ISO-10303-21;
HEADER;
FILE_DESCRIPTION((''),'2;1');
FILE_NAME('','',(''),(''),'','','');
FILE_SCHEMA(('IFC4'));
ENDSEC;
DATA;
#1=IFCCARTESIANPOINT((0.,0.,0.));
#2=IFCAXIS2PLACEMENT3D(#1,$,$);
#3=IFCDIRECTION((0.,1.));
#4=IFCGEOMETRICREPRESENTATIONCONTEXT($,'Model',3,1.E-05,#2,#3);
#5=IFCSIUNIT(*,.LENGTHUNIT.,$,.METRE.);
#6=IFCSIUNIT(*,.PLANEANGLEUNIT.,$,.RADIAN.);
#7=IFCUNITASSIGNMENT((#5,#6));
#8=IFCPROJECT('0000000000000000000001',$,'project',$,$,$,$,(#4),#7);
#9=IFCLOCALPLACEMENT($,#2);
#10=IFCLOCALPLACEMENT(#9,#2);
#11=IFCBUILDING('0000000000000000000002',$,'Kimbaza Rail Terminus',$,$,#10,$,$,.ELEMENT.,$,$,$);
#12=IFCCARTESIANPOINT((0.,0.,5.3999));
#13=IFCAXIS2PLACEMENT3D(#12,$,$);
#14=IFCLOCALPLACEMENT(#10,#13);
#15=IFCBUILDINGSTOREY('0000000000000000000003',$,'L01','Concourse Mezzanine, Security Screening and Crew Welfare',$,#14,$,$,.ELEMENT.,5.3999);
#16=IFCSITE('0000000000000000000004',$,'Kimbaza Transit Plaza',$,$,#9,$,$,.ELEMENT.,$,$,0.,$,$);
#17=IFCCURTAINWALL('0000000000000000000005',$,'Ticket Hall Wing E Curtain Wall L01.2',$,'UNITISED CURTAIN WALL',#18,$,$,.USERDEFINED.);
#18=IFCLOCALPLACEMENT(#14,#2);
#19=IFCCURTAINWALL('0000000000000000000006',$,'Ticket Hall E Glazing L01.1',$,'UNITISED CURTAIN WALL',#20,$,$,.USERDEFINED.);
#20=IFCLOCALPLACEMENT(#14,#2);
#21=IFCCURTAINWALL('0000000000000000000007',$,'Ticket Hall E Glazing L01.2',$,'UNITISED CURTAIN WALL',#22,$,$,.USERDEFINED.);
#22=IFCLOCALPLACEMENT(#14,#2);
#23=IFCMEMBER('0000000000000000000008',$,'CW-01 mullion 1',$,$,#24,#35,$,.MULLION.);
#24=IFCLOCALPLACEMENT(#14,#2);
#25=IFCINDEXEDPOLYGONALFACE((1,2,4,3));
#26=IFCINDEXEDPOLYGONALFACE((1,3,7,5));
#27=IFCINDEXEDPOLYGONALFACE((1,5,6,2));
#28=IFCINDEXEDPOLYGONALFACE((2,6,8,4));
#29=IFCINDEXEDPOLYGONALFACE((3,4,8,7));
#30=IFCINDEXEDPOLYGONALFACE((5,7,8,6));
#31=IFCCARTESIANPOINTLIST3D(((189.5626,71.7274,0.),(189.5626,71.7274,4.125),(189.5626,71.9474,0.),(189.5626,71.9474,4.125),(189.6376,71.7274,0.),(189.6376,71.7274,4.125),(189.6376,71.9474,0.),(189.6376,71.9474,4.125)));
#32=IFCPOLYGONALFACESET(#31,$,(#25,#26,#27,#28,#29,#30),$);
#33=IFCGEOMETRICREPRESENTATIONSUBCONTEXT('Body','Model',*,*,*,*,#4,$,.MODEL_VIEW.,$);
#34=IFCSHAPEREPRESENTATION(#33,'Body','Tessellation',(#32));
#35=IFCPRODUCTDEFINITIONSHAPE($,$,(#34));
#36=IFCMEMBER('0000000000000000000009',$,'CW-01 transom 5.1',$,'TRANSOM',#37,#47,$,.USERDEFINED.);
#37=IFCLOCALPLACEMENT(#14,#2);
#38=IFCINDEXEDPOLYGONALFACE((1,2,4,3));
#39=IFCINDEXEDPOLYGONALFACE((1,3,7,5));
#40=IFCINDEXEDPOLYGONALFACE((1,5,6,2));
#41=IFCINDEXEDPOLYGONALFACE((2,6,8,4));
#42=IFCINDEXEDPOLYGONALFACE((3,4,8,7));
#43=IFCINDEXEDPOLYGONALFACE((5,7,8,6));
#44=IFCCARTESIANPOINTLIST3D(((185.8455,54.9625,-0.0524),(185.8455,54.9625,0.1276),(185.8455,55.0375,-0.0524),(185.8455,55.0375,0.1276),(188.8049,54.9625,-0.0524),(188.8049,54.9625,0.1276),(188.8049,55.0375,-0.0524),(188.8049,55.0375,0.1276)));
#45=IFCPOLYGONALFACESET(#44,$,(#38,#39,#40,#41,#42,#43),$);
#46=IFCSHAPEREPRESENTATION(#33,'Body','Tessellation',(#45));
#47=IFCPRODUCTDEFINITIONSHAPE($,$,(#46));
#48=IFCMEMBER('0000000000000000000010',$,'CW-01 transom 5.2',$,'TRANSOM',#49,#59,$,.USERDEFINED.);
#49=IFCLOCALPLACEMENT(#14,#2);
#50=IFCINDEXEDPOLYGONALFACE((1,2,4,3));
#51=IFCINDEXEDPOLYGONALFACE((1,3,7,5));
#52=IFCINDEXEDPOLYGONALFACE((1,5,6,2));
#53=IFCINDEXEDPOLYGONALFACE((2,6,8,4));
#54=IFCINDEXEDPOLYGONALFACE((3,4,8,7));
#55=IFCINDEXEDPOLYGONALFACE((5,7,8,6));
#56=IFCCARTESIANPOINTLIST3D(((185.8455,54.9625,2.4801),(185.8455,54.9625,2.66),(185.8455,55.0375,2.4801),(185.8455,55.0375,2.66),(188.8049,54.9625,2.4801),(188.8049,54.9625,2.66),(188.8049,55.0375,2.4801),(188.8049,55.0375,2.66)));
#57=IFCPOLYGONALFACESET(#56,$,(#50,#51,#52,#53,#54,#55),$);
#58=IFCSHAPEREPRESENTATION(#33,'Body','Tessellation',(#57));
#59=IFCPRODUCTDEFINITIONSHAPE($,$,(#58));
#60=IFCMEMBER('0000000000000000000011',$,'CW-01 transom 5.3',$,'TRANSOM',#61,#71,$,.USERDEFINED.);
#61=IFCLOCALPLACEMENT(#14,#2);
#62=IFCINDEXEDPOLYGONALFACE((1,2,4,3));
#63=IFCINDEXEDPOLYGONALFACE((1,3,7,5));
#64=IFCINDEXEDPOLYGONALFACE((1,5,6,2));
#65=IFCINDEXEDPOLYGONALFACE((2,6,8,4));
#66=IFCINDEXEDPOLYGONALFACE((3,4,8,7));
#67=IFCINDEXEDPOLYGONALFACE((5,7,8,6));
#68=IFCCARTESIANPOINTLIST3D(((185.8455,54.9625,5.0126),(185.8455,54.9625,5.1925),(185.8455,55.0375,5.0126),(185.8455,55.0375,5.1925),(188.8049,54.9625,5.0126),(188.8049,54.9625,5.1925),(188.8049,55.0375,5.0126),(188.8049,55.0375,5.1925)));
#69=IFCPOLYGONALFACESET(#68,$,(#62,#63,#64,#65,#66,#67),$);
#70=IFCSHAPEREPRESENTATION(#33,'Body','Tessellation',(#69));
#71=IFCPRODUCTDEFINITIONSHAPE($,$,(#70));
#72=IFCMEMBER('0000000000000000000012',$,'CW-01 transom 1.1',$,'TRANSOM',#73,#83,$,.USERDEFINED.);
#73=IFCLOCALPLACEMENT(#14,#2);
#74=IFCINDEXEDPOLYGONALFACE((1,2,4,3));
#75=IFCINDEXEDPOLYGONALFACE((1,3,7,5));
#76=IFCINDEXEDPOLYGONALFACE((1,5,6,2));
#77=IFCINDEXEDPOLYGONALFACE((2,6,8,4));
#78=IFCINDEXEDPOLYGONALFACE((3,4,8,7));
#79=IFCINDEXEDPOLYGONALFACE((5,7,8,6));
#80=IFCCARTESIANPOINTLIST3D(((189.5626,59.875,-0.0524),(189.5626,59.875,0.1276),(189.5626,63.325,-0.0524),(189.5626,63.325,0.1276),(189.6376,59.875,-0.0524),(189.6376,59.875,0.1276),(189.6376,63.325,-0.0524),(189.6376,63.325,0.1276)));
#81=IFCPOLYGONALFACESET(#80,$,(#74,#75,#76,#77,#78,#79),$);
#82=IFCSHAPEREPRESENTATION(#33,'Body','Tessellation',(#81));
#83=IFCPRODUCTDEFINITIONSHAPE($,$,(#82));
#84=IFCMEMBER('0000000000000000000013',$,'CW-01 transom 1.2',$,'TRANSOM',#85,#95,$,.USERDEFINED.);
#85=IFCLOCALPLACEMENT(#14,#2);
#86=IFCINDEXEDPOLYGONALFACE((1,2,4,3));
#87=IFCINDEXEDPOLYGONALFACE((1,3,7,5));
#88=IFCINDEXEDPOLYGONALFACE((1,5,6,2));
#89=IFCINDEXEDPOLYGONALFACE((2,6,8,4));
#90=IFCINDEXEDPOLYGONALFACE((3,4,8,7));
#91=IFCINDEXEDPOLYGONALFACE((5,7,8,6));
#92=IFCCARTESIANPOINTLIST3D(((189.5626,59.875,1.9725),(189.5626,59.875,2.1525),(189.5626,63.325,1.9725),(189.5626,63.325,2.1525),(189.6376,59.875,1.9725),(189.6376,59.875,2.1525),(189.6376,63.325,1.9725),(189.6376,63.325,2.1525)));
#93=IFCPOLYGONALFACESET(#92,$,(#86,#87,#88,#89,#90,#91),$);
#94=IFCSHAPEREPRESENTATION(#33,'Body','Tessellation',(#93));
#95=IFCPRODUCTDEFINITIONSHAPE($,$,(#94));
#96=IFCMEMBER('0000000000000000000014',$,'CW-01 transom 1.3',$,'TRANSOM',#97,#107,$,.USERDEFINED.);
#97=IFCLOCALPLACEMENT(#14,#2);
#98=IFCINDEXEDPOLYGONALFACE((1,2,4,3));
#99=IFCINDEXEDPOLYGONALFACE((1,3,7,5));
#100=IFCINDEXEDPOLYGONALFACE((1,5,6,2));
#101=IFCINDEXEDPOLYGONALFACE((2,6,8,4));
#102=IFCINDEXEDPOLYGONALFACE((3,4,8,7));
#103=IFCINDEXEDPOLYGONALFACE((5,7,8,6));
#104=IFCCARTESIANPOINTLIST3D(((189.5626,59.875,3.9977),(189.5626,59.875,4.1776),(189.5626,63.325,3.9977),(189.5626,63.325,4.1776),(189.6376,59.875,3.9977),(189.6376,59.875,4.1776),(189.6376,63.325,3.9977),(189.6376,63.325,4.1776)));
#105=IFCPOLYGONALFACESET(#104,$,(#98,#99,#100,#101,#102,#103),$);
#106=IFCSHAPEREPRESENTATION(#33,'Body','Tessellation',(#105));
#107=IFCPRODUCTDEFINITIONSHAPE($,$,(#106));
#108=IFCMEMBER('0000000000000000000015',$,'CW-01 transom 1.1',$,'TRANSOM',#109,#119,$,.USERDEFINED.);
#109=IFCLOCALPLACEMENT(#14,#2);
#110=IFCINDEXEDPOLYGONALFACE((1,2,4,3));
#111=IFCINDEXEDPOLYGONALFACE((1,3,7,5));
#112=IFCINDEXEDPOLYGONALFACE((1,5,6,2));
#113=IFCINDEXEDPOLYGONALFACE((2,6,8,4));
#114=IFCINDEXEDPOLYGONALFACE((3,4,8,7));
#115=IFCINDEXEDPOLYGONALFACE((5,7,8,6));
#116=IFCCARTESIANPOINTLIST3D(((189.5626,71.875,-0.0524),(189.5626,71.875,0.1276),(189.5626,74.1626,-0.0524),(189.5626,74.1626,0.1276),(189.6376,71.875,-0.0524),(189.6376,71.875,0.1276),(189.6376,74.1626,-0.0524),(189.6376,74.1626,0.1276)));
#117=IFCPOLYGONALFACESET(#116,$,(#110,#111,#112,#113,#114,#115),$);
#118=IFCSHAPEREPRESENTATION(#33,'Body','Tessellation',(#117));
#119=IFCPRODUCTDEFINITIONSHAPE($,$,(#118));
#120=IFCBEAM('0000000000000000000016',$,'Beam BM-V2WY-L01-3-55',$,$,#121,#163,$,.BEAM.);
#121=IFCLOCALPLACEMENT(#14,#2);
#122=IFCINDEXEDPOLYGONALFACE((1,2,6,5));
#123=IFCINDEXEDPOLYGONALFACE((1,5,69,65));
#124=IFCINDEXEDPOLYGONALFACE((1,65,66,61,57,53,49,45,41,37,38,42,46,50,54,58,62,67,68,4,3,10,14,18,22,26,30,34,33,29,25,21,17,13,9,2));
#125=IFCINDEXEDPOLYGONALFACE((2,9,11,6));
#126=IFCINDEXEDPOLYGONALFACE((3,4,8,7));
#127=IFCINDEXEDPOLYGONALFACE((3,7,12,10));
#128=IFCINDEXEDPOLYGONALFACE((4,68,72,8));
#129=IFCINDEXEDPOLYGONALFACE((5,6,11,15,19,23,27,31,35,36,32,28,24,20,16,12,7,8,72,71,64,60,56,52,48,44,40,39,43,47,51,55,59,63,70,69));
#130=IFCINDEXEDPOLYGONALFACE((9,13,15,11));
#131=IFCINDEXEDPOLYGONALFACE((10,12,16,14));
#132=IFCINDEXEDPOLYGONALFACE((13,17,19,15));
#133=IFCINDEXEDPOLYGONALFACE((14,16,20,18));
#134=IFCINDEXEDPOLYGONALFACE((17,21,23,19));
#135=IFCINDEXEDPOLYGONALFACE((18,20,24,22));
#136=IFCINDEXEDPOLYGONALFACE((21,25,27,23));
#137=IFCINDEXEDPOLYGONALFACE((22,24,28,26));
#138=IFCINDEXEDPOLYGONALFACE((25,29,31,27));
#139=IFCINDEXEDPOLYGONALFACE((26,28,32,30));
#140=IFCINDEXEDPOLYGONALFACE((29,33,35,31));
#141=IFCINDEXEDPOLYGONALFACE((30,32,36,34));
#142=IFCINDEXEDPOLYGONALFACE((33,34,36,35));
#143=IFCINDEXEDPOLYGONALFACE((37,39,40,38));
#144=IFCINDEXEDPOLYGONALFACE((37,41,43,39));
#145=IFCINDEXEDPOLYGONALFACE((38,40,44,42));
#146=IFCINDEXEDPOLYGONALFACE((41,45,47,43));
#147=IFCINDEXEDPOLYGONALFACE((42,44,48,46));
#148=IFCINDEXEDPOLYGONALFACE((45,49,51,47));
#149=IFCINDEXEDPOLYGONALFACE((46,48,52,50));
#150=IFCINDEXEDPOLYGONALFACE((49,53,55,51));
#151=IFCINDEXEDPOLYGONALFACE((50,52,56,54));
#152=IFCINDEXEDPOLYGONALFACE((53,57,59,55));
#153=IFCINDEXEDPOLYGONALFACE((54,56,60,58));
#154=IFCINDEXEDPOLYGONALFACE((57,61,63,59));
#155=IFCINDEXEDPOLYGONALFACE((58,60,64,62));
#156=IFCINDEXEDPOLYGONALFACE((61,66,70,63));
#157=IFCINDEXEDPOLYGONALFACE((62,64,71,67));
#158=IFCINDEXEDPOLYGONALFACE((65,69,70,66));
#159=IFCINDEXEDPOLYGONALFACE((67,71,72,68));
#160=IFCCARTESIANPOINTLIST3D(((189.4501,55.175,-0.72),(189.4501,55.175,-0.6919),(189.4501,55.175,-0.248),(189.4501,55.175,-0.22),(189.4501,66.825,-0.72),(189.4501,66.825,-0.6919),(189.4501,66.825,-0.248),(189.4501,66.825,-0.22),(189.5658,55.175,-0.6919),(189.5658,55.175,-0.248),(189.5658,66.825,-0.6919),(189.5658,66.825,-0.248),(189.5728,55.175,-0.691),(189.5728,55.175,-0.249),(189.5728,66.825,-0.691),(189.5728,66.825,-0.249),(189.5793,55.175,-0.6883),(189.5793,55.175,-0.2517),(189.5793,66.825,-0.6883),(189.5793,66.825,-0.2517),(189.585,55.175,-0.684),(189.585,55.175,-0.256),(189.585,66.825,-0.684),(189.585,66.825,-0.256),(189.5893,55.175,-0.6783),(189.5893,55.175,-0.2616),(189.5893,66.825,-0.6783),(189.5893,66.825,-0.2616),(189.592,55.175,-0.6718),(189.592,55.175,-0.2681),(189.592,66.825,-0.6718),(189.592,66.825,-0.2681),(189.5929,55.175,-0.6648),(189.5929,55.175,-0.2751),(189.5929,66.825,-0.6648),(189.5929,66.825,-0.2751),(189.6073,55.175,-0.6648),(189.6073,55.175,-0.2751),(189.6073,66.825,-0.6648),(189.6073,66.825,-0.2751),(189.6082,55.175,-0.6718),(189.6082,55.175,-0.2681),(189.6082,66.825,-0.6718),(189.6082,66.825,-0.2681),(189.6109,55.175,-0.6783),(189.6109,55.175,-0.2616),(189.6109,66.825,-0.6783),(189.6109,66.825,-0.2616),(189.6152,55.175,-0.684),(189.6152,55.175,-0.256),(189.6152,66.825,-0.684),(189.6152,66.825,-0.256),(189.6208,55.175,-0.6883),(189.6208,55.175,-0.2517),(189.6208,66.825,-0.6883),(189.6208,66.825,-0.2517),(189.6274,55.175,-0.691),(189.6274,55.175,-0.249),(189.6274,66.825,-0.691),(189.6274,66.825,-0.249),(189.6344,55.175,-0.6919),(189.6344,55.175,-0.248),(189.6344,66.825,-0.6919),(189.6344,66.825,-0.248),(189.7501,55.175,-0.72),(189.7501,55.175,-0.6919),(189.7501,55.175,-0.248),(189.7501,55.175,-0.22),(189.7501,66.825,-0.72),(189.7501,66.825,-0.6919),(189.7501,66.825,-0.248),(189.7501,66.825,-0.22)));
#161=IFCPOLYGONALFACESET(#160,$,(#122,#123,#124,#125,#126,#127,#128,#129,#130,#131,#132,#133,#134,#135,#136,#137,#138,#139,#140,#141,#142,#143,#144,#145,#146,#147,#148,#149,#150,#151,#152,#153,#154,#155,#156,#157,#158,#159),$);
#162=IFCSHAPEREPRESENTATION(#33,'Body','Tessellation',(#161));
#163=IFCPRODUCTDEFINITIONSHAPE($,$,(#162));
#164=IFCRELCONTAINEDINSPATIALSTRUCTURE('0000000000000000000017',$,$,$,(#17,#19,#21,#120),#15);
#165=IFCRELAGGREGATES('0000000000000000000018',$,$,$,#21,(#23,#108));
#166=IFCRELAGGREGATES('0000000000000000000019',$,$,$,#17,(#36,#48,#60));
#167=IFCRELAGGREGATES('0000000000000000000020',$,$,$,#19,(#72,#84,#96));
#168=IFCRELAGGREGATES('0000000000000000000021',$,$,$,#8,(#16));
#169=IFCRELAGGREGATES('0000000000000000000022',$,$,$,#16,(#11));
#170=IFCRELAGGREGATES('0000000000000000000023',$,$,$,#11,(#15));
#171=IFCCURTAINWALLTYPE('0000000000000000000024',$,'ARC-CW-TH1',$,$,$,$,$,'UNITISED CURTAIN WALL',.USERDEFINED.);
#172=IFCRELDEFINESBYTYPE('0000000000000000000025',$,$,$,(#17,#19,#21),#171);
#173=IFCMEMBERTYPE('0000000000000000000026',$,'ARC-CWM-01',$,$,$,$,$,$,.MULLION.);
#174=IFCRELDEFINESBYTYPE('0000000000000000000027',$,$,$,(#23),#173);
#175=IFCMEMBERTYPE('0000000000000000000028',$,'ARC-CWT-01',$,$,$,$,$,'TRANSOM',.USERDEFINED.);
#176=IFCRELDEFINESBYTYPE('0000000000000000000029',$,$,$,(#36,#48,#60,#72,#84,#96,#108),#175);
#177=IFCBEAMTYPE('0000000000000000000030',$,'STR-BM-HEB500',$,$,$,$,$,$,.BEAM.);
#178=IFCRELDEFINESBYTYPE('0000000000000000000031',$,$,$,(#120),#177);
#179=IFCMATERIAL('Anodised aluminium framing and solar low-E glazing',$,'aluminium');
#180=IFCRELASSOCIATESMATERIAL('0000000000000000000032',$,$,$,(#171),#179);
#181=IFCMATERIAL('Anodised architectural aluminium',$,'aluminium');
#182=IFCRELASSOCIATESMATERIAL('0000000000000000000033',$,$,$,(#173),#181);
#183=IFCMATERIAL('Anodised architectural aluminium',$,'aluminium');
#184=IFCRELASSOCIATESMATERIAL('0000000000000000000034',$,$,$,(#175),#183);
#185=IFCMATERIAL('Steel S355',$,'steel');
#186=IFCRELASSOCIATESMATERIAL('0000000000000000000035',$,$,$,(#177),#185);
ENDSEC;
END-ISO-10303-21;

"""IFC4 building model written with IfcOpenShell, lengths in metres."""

from ifc_helpers import new_model, si_unit, direction, frame, origin, origin_2d, place, context, subcontext, project, spatial, rectangle, i_section, extrude, material, material_profile, profile_set, type_object, element, aggregate, save


model = new_model("IFC4")

# Units and contexts
model_context = context("Model", 3, precision=1e-05, world=origin(), true_north=direction((0.0, 1.0)))
body_context = subcontext(model_context, "Body", "Model", "MODEL_VIEW")
ifc_project = project(units=[si_unit("LENGTHUNIT", "METRE"), si_unit("PLANEANGLEUNIT", "RADIAN")], contexts=[model_context])

# Site, building, storey
site_placement = place(None, origin())
site = spatial("IfcSite", under=ifc_project, at=site_placement, Name="Kimbaza Transit Plaza", CompositionType="ELEMENT", RefElevation=0.0)
building_placement = place(site_placement, origin())
building = spatial("IfcBuilding", under=site, at=building_placement, Name="Kimbaza Rail Terminus", CompositionType="ELEMENT")
storey_placement = place(building_placement, frame((0.0, 0.0, 5.3999)))
storey = spatial("IfcBuildingStorey", under=building, at=storey_placement, Name="L01", Description="Concourse Mezzanine, Security Screening and Crew Welfare", CompositionType="ELEMENT", Elevation=5.3999)

# Curtain walls
ifc_material_1 = material(Name="Anodised aluminium framing and solar low-E glazing", Category="aluminium")
curtain_wall_type = type_object("IfcCurtainWallType", Name="ARC-CW-TH1", ElementType="UNITISED CURTAIN WALL", PredefinedType="USERDEFINED", material=ifc_material_1)
curtain_wall_1_placement = place(storey_placement, origin())
curtain_wall_1 = element("IfcCurtainWall", 1, at=curtain_wall_1_placement, inside=storey, type_object=curtain_wall_type, Name="Ticket Hall Wing E Curtain Wall L01.2", ObjectType="UNITISED CURTAIN WALL", PredefinedType="USERDEFINED")
ifc_material_2 = material(Name="Anodised architectural aluminium", Category="aluminium")
ifc_material_profile_1 = material_profile(ifc_material_2, rectangle(XDim=0.075, YDim=0.22, at=origin_2d()), Name="MULLION 75x220")
ifc_profile_set_1 = profile_set([ifc_material_profile_1], Name="Anodised architectural aluminium")
member_type_1 = type_object("IfcMemberType", Name="ARC-CWM-01", PredefinedType="MULLION", material=ifc_profile_set_1)
curtain_wall_2_placement = place(storey_placement, origin())
curtain_wall_2 = element("IfcCurtainWall", 2, at=curtain_wall_2_placement, inside=storey, type_object=curtain_wall_type, Name="Ticket Hall E Glazing L01.1", ObjectType="UNITISED CURTAIN WALL", PredefinedType="USERDEFINED")

# Curtain wall, member
curtain_wall_3_placement = place(storey_placement, origin())
curtain_wall_3 = element("IfcCurtainWall", 3, at=curtain_wall_3_placement, inside=storey, type_object=curtain_wall_type, Name="Ticket Hall E Glazing L01.2", ObjectType="UNITISED CURTAIN WALL", PredefinedType="USERDEFINED")
member_1_placement = place(storey_placement, frame((189.6001, 71.8374, 0.0), z_axis=(0.0, 0.0, 1.0), x_axis=(-1.0, 0.0, 0.0)))
member_1 = element("IfcMember", 4, at=member_1_placement, type_object=member_type_1, Name="CW-01 mullion 1", PredefinedType="MULLION", context=body_context, shape_type="SweptSolid", body=[
    extrude(rectangle(XDim=0.075, YDim=0.22, at=origin_2d()), origin(), (0.0, 0.0, 1.0), 4.125),
])

# Members
ifc_material_3 = material(Name="Anodised architectural aluminium", Category="aluminium")
ifc_material_profile_2 = material_profile(ifc_material_3, rectangle(XDim=0.075, YDim=0.1799, at=origin_2d()), Name="TRANSOM 75x180")
ifc_profile_set_2 = profile_set([ifc_material_profile_2], Name="Anodised architectural aluminium")
member_type_2 = type_object("IfcMemberType", Name="ARC-CWT-01", ElementType="TRANSOM", PredefinedType="USERDEFINED", material=ifc_profile_set_2)
member_2_placement = place(storey_placement, frame((185.8455, 55.0, 0.0376), z_axis=(1.0, 0.0, 0.0), x_axis=(0.0, 1.0, 0.0)))
member_2 = element("IfcMember", 5, at=member_2_placement, type_object=member_type_2, Name="CW-01 transom 5.1", ObjectType="TRANSOM", PredefinedType="USERDEFINED", context=body_context, shape_type="SweptSolid", body=[
    extrude(rectangle(XDim=0.075, YDim=0.1799, at=origin_2d()), origin(), (0.0, 0.0, 1.0), 2.9595),
])
member_3_placement = place(storey_placement, frame((185.8455, 55.0, 2.5701), z_axis=(1.0, 0.0, 0.0), x_axis=(0.0, 1.0, 0.0)))
member_3 = element("IfcMember", 6, at=member_3_placement, type_object=member_type_2, Name="CW-01 transom 5.2", ObjectType="TRANSOM", PredefinedType="USERDEFINED", context=body_context, shape_type="SweptSolid", body=[
    extrude(rectangle(XDim=0.075, YDim=0.1799, at=origin_2d()), origin(), (0.0, 0.0, 1.0), 2.9595),
])
member_4_placement = place(storey_placement, frame((185.8455, 55.0, 5.1025), z_axis=(1.0, 0.0, 0.0), x_axis=(0.0, 1.0, 0.0)))
member_4 = element("IfcMember", 7, at=member_4_placement, type_object=member_type_2, Name="CW-01 transom 5.3", ObjectType="TRANSOM", PredefinedType="USERDEFINED", context=body_context, shape_type="SweptSolid", body=[
    extrude(rectangle(XDim=0.075, YDim=0.1799, at=origin_2d()), origin(), (0.0, 0.0, 1.0), 2.9595),
])
member_5_placement = place(storey_placement, frame((189.6001, 59.875, 0.0376), z_axis=(0.0, 1.0, 0.0), x_axis=(-1.0, 0.0, 0.0)))
member_5 = element("IfcMember", 8, at=member_5_placement, type_object=member_type_2, Name="CW-01 transom 1.1", ObjectType="TRANSOM", PredefinedType="USERDEFINED", context=body_context, shape_type="SweptSolid", body=[
    extrude(rectangle(XDim=0.075, YDim=0.1799, at=origin_2d()), origin(), (0.0, 0.0, 1.0), 3.45),
])
member_6_placement = place(storey_placement, frame((189.6001, 59.875, 2.0625), z_axis=(0.0, 1.0, 0.0), x_axis=(-1.0, 0.0, 0.0)))
member_6 = element("IfcMember", 9, at=member_6_placement, type_object=member_type_2, Name="CW-01 transom 1.2", ObjectType="TRANSOM", PredefinedType="USERDEFINED", context=body_context, shape_type="SweptSolid", body=[
    extrude(rectangle(XDim=0.075, YDim=0.1799, at=origin_2d()), origin(), (0.0, 0.0, 1.0), 3.45),
])
member_7_placement = place(storey_placement, frame((189.6001, 59.875, 4.0876), z_axis=(0.0, 1.0, 0.0), x_axis=(-1.0, 0.0, 0.0)))
member_7 = element("IfcMember", 10, at=member_7_placement, type_object=member_type_2, Name="CW-01 transom 1.3", ObjectType="TRANSOM", PredefinedType="USERDEFINED", context=body_context, shape_type="SweptSolid", body=[
    extrude(rectangle(XDim=0.075, YDim=0.1799, at=origin_2d()), origin(), (0.0, 0.0, 1.0), 3.45),
])
member_8_placement = place(storey_placement, frame((189.6001, 71.875, 0.0376), z_axis=(0.0, 1.0, 0.0), x_axis=(-1.0, 0.0, 0.0)))
member_8 = element("IfcMember", 11, at=member_8_placement, type_object=member_type_2, Name="CW-01 transom 1.1", ObjectType="TRANSOM", PredefinedType="USERDEFINED", context=body_context, shape_type="SweptSolid", body=[
    extrude(rectangle(XDim=0.075, YDim=0.1799, at=origin_2d()), origin(), (0.0, 0.0, 1.0), 2.2876),
])
aggregate(curtain_wall_3, [member_1, member_8])

# Beam
ifc_material_4 = material(Name="Steel S355", Category="steel")
ifc_material_profile_3 = material_profile(ifc_material_4, i_section(OverallWidth=0.3, OverallDepth=0.5, WebThickness=0.0144, FlangeThickness=0.0281, FilletRadius=0.0271, at=origin_2d()), Name="HEB 500")
ifc_profile_set_3 = profile_set([ifc_material_profile_3], Name="Steel S355")
beam_type = type_object("IfcBeamType", Name="STR-BM-HEB500", PredefinedType="BEAM", material=ifc_profile_set_3)
beam_1_placement = place(storey_placement, frame((189.6001, 55.175, -0.47), z_axis=(0.0, 1.0, 0.0), x_axis=(-1.0, 0.0, 0.0)))
element("IfcBeam", 12, at=beam_1_placement, inside=storey, type_object=beam_type, Name="Beam BM-V2WY-L01-3-55", PredefinedType="BEAM", context=body_context, shape_type="SweptSolid", body=[
    extrude(i_section(OverallWidth=0.3, OverallDepth=0.5, WebThickness=0.0144, FlangeThickness=0.0281, FilletRadius=0.0271, at=origin_2d()), origin(), (0.0, 0.0, 1.0), 11.6499),
])

aggregate(curtain_wall_1, [member_2, member_3, member_4])
aggregate(curtain_wall_2, [member_5, member_6, member_7])

save(model, "model.ifc")
